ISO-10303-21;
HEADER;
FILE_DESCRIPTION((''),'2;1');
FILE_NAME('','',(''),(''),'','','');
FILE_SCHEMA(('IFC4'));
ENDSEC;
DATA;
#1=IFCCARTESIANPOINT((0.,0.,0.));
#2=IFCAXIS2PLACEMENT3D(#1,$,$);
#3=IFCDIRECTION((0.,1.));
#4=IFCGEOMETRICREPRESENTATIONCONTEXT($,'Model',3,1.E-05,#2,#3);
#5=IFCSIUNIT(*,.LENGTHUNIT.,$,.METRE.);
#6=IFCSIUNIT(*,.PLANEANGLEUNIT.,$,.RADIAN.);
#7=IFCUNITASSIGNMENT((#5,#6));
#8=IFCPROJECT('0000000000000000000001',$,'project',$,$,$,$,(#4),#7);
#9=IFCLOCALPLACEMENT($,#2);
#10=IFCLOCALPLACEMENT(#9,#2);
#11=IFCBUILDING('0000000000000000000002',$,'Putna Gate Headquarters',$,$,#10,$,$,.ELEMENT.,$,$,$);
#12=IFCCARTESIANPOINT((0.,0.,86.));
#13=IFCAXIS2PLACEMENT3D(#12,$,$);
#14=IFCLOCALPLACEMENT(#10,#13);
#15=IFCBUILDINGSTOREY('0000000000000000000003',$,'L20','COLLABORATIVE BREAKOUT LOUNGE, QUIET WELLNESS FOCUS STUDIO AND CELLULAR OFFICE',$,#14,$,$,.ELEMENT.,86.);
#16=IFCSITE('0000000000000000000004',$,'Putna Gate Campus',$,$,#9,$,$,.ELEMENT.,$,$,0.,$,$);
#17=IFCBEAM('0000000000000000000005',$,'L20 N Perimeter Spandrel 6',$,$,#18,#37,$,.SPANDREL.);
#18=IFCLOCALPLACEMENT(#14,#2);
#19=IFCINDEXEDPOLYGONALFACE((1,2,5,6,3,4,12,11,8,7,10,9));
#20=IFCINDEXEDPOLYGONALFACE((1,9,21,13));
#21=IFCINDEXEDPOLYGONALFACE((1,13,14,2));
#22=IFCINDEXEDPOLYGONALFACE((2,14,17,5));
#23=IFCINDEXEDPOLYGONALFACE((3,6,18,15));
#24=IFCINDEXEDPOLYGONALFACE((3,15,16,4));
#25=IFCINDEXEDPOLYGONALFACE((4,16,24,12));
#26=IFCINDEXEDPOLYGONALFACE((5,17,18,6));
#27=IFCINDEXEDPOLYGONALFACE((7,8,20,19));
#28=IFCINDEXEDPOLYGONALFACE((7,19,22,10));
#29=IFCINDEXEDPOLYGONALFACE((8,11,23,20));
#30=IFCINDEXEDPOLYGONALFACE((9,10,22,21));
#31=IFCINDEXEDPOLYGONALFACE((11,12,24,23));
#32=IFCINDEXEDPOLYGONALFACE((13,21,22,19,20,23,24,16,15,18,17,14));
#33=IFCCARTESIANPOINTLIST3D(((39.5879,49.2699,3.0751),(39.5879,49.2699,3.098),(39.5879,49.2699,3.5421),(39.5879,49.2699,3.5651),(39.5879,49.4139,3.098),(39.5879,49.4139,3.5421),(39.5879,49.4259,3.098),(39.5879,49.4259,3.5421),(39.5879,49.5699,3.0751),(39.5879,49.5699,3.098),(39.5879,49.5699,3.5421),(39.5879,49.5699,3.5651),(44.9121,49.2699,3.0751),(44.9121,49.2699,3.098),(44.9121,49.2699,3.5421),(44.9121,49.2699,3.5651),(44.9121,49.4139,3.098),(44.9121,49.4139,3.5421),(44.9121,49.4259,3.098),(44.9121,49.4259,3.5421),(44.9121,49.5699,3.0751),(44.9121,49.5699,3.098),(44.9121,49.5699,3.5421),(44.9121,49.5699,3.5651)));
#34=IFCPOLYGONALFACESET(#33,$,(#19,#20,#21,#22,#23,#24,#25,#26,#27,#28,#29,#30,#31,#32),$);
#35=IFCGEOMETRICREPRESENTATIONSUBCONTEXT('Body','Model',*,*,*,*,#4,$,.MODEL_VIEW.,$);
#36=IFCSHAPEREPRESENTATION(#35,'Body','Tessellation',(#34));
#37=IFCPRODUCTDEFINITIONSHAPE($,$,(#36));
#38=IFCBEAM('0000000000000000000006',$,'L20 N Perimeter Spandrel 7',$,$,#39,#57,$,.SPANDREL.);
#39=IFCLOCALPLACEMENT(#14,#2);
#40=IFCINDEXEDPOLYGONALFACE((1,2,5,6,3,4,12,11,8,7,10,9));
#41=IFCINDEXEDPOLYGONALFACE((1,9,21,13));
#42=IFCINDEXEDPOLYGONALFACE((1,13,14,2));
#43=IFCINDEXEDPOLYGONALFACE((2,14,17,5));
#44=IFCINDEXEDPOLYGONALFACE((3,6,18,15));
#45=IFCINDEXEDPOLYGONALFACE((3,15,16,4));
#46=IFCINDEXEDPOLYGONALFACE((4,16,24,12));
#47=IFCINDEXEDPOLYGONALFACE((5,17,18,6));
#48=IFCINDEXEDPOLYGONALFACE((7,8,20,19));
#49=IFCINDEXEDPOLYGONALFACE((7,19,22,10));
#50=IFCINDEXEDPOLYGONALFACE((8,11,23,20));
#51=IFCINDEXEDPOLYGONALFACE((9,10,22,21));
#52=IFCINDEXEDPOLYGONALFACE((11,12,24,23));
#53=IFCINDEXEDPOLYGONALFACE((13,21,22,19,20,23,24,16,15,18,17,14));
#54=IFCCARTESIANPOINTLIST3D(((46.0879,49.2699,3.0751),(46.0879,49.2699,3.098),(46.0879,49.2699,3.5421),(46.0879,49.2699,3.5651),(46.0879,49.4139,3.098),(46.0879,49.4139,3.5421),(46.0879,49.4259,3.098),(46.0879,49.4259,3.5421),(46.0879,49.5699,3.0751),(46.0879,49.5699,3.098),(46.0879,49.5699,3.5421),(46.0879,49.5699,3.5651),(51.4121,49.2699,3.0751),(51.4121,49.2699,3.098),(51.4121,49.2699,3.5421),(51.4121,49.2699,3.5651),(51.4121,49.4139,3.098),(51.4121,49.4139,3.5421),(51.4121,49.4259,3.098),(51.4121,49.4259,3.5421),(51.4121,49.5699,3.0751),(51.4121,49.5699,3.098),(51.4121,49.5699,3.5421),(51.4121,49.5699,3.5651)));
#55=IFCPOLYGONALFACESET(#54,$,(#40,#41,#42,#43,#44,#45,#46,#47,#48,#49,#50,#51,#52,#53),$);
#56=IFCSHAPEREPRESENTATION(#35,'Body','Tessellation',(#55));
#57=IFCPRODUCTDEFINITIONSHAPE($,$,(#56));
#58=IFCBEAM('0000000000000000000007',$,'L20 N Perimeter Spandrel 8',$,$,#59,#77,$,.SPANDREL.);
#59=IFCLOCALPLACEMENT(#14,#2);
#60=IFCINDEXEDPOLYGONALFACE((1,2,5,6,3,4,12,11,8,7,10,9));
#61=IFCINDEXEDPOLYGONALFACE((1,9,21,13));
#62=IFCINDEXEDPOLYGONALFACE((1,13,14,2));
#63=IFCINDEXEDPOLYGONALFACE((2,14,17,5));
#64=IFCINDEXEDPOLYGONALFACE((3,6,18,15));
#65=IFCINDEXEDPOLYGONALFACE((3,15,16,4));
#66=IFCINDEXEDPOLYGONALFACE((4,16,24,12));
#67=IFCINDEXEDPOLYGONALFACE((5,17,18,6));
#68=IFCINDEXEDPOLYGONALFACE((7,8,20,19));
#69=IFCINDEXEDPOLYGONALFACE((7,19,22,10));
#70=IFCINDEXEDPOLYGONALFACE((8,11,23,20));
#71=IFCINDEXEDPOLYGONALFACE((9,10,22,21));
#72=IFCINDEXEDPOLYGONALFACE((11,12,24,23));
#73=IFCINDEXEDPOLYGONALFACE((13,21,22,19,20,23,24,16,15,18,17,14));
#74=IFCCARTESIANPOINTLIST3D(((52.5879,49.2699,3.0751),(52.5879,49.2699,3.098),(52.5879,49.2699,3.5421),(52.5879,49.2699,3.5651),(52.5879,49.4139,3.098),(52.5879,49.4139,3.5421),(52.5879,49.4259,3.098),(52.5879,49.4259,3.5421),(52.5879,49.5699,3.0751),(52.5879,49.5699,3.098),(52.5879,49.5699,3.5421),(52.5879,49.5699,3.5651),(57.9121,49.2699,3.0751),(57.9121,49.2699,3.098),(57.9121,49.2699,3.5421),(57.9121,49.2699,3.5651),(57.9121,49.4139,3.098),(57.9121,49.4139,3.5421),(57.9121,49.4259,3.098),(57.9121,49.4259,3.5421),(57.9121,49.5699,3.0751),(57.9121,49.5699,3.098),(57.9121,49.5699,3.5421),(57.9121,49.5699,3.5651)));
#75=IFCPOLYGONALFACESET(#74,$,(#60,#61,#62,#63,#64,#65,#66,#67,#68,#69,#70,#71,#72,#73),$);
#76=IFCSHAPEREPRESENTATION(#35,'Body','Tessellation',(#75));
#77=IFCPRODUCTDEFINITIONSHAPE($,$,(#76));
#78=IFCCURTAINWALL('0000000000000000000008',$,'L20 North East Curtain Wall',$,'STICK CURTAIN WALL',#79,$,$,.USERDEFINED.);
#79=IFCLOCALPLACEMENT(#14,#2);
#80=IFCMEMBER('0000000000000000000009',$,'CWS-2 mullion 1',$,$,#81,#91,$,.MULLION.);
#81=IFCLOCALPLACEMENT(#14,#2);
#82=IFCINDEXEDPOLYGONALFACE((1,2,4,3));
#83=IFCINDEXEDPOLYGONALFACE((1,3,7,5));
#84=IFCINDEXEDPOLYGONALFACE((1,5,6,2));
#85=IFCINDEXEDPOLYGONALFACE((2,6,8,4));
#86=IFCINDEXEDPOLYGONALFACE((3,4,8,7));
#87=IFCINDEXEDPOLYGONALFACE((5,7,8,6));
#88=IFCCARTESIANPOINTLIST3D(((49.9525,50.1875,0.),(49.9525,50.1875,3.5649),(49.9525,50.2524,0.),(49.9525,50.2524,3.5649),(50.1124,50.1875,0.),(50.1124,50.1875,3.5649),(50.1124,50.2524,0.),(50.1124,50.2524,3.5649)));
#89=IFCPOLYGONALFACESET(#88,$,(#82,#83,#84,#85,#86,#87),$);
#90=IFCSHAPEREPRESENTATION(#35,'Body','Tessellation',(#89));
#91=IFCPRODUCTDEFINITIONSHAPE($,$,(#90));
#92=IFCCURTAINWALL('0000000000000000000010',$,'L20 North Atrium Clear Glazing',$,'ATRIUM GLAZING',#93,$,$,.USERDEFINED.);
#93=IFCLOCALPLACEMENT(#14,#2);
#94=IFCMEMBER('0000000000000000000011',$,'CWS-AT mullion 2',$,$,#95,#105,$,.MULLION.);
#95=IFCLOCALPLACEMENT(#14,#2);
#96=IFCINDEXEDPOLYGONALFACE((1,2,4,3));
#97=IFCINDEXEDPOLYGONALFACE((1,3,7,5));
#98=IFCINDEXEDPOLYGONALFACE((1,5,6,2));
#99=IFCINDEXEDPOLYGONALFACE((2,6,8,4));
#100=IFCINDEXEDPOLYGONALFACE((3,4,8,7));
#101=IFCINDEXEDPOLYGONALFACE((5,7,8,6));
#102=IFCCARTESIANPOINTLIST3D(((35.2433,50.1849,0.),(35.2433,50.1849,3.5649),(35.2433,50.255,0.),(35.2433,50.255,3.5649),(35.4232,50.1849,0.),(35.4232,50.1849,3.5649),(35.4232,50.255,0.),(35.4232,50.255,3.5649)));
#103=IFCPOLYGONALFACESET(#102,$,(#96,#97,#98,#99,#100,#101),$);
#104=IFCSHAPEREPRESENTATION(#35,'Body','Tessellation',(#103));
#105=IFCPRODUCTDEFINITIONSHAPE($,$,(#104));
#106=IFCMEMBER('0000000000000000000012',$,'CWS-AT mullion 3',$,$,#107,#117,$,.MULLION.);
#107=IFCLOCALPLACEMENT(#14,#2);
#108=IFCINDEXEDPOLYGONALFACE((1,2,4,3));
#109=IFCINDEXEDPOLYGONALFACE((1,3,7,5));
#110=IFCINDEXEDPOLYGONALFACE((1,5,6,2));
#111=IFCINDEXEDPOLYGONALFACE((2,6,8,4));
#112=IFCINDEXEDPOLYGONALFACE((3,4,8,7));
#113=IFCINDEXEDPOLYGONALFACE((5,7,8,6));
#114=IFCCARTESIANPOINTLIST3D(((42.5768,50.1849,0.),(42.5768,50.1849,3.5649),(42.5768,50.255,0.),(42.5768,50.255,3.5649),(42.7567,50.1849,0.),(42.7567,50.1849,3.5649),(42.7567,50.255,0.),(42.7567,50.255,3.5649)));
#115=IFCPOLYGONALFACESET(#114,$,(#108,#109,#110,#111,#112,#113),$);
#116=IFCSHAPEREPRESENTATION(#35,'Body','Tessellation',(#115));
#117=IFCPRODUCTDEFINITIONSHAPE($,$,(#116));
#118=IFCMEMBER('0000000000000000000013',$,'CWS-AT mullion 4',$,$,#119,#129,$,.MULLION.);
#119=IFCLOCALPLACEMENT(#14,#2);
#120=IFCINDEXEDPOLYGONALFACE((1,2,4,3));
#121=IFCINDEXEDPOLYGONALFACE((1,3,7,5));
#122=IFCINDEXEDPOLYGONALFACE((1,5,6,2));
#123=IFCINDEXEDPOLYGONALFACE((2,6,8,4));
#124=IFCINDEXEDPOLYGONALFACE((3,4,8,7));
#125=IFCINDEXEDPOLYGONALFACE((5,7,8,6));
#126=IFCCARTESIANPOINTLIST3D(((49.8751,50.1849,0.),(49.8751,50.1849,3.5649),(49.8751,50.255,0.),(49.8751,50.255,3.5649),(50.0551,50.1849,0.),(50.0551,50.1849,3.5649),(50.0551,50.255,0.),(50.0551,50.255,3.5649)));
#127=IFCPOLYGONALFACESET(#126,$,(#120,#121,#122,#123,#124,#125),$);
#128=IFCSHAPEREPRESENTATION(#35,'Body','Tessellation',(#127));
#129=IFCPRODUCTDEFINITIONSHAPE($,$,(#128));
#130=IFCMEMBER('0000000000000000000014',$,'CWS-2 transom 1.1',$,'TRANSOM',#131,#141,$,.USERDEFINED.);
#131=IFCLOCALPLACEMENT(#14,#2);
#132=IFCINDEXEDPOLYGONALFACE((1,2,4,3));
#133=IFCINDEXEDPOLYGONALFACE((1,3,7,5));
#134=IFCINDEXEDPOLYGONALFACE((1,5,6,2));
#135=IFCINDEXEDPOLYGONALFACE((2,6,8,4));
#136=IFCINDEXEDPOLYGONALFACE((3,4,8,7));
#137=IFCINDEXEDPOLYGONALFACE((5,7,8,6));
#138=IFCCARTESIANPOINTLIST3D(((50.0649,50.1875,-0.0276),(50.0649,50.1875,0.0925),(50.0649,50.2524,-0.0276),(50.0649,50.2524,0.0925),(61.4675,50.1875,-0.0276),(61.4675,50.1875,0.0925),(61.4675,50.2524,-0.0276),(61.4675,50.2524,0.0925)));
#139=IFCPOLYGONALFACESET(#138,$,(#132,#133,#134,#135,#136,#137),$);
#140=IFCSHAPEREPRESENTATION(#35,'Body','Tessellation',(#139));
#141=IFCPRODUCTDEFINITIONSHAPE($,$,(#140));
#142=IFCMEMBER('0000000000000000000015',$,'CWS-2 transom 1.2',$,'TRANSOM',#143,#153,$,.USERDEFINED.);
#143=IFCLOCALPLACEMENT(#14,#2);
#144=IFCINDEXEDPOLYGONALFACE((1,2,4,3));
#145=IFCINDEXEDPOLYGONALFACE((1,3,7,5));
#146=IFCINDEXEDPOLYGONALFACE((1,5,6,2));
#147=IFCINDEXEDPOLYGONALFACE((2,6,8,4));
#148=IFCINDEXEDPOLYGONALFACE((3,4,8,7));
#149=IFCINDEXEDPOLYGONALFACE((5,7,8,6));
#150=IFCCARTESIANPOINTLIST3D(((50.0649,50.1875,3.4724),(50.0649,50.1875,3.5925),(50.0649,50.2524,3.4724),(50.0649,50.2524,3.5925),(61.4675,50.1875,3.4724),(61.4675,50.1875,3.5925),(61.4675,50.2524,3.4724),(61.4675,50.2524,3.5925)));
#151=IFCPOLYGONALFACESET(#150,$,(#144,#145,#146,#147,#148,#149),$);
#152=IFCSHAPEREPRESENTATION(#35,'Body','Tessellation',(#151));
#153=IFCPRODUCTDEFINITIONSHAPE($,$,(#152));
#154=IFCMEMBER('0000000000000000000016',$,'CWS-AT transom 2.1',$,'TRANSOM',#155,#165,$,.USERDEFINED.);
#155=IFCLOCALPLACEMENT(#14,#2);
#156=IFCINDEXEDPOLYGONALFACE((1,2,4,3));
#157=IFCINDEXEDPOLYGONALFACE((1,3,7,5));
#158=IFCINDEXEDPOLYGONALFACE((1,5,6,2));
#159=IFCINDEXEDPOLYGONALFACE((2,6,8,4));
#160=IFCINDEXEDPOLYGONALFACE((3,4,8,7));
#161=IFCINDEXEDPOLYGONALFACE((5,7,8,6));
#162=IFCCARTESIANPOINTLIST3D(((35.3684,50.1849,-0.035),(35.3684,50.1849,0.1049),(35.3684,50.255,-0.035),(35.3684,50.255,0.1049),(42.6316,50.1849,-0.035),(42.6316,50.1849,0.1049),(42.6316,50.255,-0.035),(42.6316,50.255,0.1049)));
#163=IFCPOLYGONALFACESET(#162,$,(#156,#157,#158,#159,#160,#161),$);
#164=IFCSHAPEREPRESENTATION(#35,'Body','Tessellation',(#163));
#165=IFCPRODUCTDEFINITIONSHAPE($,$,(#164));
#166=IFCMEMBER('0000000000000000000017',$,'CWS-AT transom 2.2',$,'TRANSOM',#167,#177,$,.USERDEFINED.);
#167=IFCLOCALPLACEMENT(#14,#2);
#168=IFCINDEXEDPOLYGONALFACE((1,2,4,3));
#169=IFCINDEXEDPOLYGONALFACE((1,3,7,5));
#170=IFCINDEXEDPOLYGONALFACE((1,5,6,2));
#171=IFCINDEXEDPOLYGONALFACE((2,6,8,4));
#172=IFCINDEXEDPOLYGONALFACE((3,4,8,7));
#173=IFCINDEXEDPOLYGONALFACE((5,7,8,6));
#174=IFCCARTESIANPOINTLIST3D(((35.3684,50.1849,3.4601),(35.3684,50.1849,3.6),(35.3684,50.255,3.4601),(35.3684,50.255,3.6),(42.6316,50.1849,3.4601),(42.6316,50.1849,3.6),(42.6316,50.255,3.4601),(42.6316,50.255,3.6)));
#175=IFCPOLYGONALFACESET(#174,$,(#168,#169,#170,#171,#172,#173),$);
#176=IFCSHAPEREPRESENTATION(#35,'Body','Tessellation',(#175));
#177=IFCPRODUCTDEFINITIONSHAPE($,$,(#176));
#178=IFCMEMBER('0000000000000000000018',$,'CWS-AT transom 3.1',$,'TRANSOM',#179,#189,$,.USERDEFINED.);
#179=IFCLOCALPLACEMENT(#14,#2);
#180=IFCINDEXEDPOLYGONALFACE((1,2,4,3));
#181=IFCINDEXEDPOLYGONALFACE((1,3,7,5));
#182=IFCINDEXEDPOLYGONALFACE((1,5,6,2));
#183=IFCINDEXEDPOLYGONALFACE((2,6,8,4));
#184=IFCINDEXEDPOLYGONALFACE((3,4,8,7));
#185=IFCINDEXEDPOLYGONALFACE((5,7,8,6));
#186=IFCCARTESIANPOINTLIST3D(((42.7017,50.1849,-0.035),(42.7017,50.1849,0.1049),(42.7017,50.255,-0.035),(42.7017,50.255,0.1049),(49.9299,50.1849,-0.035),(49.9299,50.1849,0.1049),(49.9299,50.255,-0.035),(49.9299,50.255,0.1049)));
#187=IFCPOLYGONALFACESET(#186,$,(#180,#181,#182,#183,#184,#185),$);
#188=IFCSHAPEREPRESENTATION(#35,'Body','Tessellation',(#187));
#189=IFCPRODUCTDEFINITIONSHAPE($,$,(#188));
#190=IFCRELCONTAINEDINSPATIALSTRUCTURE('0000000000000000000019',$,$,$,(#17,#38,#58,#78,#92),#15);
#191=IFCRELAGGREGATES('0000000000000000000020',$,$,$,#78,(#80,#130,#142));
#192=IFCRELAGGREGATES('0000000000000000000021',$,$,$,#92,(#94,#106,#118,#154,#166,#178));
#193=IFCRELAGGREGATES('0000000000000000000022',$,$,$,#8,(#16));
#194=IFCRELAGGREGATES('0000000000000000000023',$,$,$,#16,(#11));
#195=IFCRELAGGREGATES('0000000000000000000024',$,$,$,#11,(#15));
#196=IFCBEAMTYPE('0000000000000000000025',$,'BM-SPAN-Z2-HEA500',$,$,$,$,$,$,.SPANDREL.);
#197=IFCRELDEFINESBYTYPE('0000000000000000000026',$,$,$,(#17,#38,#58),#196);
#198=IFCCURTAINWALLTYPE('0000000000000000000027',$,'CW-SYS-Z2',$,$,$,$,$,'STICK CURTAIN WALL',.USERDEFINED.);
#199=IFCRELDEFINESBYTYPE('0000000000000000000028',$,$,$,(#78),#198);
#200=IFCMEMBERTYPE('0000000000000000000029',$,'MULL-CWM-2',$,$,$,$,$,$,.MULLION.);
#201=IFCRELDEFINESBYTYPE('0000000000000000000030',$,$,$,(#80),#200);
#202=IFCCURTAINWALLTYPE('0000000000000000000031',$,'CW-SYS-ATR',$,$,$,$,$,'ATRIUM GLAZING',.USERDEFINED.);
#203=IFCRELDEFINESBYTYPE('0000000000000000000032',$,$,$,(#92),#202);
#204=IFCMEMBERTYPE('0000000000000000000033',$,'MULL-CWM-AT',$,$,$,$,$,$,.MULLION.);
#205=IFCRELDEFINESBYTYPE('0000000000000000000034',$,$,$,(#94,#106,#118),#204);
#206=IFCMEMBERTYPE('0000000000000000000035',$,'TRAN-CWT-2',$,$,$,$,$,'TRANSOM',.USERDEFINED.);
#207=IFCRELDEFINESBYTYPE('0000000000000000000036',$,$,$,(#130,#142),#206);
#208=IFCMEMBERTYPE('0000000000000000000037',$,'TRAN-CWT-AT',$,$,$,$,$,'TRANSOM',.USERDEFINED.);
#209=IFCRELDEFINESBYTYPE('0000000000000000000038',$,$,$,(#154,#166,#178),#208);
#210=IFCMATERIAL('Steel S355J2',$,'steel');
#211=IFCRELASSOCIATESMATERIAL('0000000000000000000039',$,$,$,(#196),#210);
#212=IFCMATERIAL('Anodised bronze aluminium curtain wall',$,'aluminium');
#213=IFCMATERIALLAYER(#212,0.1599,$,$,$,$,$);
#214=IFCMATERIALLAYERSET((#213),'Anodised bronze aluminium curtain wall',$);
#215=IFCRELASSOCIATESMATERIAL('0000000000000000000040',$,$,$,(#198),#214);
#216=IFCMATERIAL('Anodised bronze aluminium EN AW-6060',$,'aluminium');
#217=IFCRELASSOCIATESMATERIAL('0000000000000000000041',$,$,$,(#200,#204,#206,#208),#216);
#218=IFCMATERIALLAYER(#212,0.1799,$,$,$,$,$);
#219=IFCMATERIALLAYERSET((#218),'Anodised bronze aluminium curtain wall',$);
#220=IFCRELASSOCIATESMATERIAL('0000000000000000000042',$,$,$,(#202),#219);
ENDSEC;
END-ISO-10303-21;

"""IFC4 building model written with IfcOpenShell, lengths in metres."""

from ifc_helpers import new_model, si_unit, direction, frame, origin, origin_2d, place, context, subcontext, project, spatial, rectangle, i_section, extrude, material, layer, layer_set, material_profile, profile_set, type_object, element, aggregate, save


model = new_model("IFC4")

# Units and contexts
model_context = context("Model", 3, precision=1e-05, world=origin(), true_north=direction((0.0, 1.0)))
body_context = subcontext(model_context, "Body", "Model", "MODEL_VIEW")
ifc_project = project(units=[si_unit("LENGTHUNIT", "METRE"), si_unit("PLANEANGLEUNIT", "RADIAN")], contexts=[model_context])

# Site, building, storey
site_placement = place(None, origin())
site = spatial("IfcSite", under=ifc_project, at=site_placement, Name="Putna Gate Campus", CompositionType="ELEMENT", RefElevation=0.0)
building_placement = place(site_placement, origin())
building = spatial("IfcBuilding", under=site, at=building_placement, Name="Putna Gate Headquarters", CompositionType="ELEMENT")
storey_placement = place(building_placement, frame((0.0, 0.0, 86.0)))
storey = spatial("IfcBuildingStorey", under=building, at=storey_placement, Name="L20", Description="COLLABORATIVE BREAKOUT LOUNGE, QUIET WELLNESS FOCUS STUDIO AND CELLULAR OFFICE", CompositionType="ELEMENT", Elevation=86.0)

# Beams
ifc_material_1 = material(Name="Steel S355J2", Category="steel")
ifc_material_profile_1 = material_profile(ifc_material_1, i_section(OverallWidth=0.3, OverallDepth=0.49, WebThickness=0.012, FlangeThickness=0.0229, at=origin_2d()), Name="Steel S355J2")
ifc_profile_set_1 = profile_set([ifc_material_profile_1], Name="Steel S355J2")
beam_type_1 = type_object("IfcBeamType", Name="BM-SPAN-Z2-HEA500", PredefinedType="SPANDREL", material=ifc_profile_set_1)
for number, where, z_axis, x_axis, name in (
    (1, (39.5879, 49.4199, 3.3201), (1.0, 0.0, 0.0), (0.0, 1.0, 0.0), "L20 N Perimeter Spandrel 6"),
    (2, (46.0879, 49.4199, 3.3201), (1.0, 0.0, 0.0), (0.0, 1.0, 0.0), "L20 N Perimeter Spandrel 7"),
    (3, (52.5879, 49.4199, 3.3201), (1.0, 0.0, 0.0), (0.0, 1.0, 0.0), "L20 N Perimeter Spandrel 8"),
):
    element("IfcBeam", number, at=place(storey_placement, frame(where, z_axis=z_axis, x_axis=x_axis)), inside=storey, type_object=beam_type_1, Name=name, PredefinedType="SPANDREL", context=body_context, shape_type="SweptSolid", body=[
        extrude(i_section(OverallWidth=0.3, OverallDepth=0.49, WebThickness=0.012, FlangeThickness=0.0229, at=origin_2d()), origin(), (0.0, 0.0, 1.0), 5.3242),
    ])

# Curtain wall, member
ifc_material_2 = material(Name="Anodised bronze aluminium curtain wall", Category="aluminium")
ifc_layer_1 = layer(ifc_material_2, 0.1599)
ifc_layer_set_1 = layer_set([ifc_layer_1], Name="Anodised bronze aluminium curtain wall")
curtain_wall_type_1 = type_object("IfcCurtainWallType", Name="CW-SYS-Z2", ElementType="STICK CURTAIN WALL", PredefinedType="USERDEFINED", material=ifc_layer_set_1)
curtain_wall_1_placement = place(storey_placement, origin())
curtain_wall_1 = element("IfcCurtainWall", 4, at=curtain_wall_1_placement, inside=storey, type_object=curtain_wall_type_1, Name="L20 North East Curtain Wall", ObjectType="STICK CURTAIN WALL", PredefinedType="USERDEFINED")
ifc_material_3 = material(Name="Anodised bronze aluminium EN AW-6060", Category="aluminium")
ifc_material_profile_2 = material_profile(ifc_material_3, rectangle(XDim=0.0649, YDim=0.1599, at=origin_2d()), Name="Anodised bronze aluminium EN AW-6060")
ifc_profile_set_2 = profile_set([ifc_material_profile_2], Name="Anodised bronze aluminium EN AW-6060")
member_type_1 = type_object("IfcMemberType", Name="MULL-CWM-2", PredefinedType="MULLION", material=ifc_profile_set_2)
member_1_placement = place(storey_placement, frame((50.0325, 50.22, 0.0), z_axis=(0.0, 0.0, 1.0), x_axis=(0.0, 1.0, 0.0)))
member_1 = element("IfcMember", 5, at=member_1_placement, type_object=member_type_1, Name="CWS-2 mullion 1", PredefinedType="MULLION", context=body_context, shape_type="SweptSolid", body=[
    extrude(rectangle(XDim=0.0649, YDim=0.1599, at=origin_2d()), origin(), (0.0, 0.0, 1.0), 3.5649),
])

# Curtain wall, members
ifc_layer_2 = layer(ifc_material_2, 0.1799)
ifc_layer_set_2 = layer_set([ifc_layer_2], Name="Anodised bronze aluminium curtain wall")
curtain_wall_type_2 = type_object("IfcCurtainWallType", Name="CW-SYS-ATR", ElementType="ATRIUM GLAZING", PredefinedType="USERDEFINED", material=ifc_layer_set_2)
curtain_wall_2_placement = place(storey_placement, origin())
curtain_wall_2 = element("IfcCurtainWall", 6, at=curtain_wall_2_placement, inside=storey, type_object=curtain_wall_type_2, Name="L20 North Atrium Clear Glazing", ObjectType="ATRIUM GLAZING", PredefinedType="USERDEFINED")
ifc_material_profile_3 = material_profile(ifc_material_3, rectangle(XDim=0.0701, YDim=0.1799, at=origin_2d()), Name="Anodised bronze aluminium EN AW-6060")
ifc_profile_set_3 = profile_set([ifc_material_profile_3], Name="Anodised bronze aluminium EN AW-6060")
member_type_2 = type_object("IfcMemberType", Name="MULL-CWM-AT", PredefinedType="MULLION", material=ifc_profile_set_3)
member_2_placement = place(storey_placement, frame((35.3333, 50.22, 0.0), z_axis=(0.0, 0.0, 1.0), x_axis=(0.0, 1.0, 0.0)))
member_2 = element("IfcMember", 7, at=member_2_placement, type_object=member_type_2, Name="CWS-AT mullion 2", PredefinedType="MULLION", context=body_context, shape_type="SweptSolid", body=[
    extrude(rectangle(XDim=0.0701, YDim=0.1799, at=origin_2d()), origin(), (0.0, 0.0, 1.0), 3.5649),
])
member_3_placement = place(storey_placement, frame((42.6667, 50.22, 0.0), z_axis=(0.0, 0.0, 1.0), x_axis=(0.0, 1.0, 0.0)))
member_3 = element("IfcMember", 8, at=member_3_placement, type_object=member_type_2, Name="CWS-AT mullion 3", PredefinedType="MULLION", context=body_context, shape_type="SweptSolid", body=[
    extrude(rectangle(XDim=0.0701, YDim=0.1799, at=origin_2d()), origin(), (0.0, 0.0, 1.0), 3.5649),
])
member_4_placement = place(storey_placement, frame((49.9651, 50.22, 0.0), z_axis=(0.0, 0.0, 1.0), x_axis=(0.0, 1.0, 0.0)))
member_4 = element("IfcMember", 9, at=member_4_placement, type_object=member_type_2, Name="CWS-AT mullion 4", PredefinedType="MULLION", context=body_context, shape_type="SweptSolid", body=[
    extrude(rectangle(XDim=0.0701, YDim=0.1799, at=origin_2d()), origin(), (0.0, 0.0, 1.0), 3.5649),
])

# Members
ifc_material_profile_4 = material_profile(ifc_material_3, rectangle(XDim=0.0649, YDim=0.1201, at=origin_2d()), Name="Anodised bronze aluminium EN AW-6060")
ifc_profile_set_4 = profile_set([ifc_material_profile_4], Name="Anodised bronze aluminium EN AW-6060")
member_type_3 = type_object("IfcMemberType", Name="TRAN-CWT-2", ElementType="TRANSOM", PredefinedType="USERDEFINED", material=ifc_profile_set_4)
member_5_placement = place(storey_placement, frame((50.0649, 50.22, 0.0325), z_axis=(1.0, 0.0, 0.0), x_axis=(0.0, 1.0, 0.0)))
member_5 = element("IfcMember", 10, at=member_5_placement, type_object=member_type_3, Name="CWS-2 transom 1.1", ObjectType="TRANSOM", PredefinedType="USERDEFINED", context=body_context, shape_type="SweptSolid", body=[
    extrude(rectangle(XDim=0.0649, YDim=0.1201, at=origin_2d()), origin(), (0.0, 0.0, 1.0), 11.4026),
])
member_6_placement = place(storey_placement, frame((50.0649, 50.22, 3.5325), z_axis=(1.0, 0.0, 0.0), x_axis=(0.0, 1.0, 0.0)))
member_6 = element("IfcMember", 11, at=member_6_placement, type_object=member_type_3, Name="CWS-2 transom 1.2", ObjectType="TRANSOM", PredefinedType="USERDEFINED", context=body_context, shape_type="SweptSolid", body=[
    extrude(rectangle(XDim=0.0649, YDim=0.1201, at=origin_2d()), origin(), (0.0, 0.0, 1.0), 11.4026),
])
aggregate(curtain_wall_1, [member_1, member_5, member_6])
ifc_material_profile_5 = material_profile(ifc_material_3, rectangle(XDim=0.0701, YDim=0.1399, at=origin_2d()), Name="Anodised bronze aluminium EN AW-6060")
ifc_profile_set_5 = profile_set([ifc_material_profile_5], Name="Anodised bronze aluminium EN AW-6060")
member_type_4 = type_object("IfcMemberType", Name="TRAN-CWT-AT", ElementType="TRANSOM", PredefinedType="USERDEFINED", material=ifc_profile_set_5)
member_7_placement = place(storey_placement, frame((35.3684, 50.22, 0.0349), z_axis=(1.0, 0.0, 0.0), x_axis=(0.0, 1.0, 0.0)))
member_7 = element("IfcMember", 12, at=member_7_placement, type_object=member_type_4, Name="CWS-AT transom 2.1", ObjectType="TRANSOM", PredefinedType="USERDEFINED", context=body_context, shape_type="SweptSolid", body=[
    extrude(rectangle(XDim=0.0701, YDim=0.1399, at=origin_2d()), origin(), (0.0, 0.0, 1.0), 7.2632),
])
member_8_placement = place(storey_placement, frame((35.3684, 50.22, 3.53), z_axis=(1.0, 0.0, 0.0), x_axis=(0.0, 1.0, 0.0)))
member_8 = element("IfcMember", 13, at=member_8_placement, type_object=member_type_4, Name="CWS-AT transom 2.2", ObjectType="TRANSOM", PredefinedType="USERDEFINED", context=body_context, shape_type="SweptSolid", body=[
    extrude(rectangle(XDim=0.0701, YDim=0.1399, at=origin_2d()), origin(), (0.0, 0.0, 1.0), 7.2632),
])
member_9_placement = place(storey_placement, frame((42.7017, 50.22, 0.0349), z_axis=(1.0, 0.0, 0.0), x_axis=(0.0, 1.0, 0.0)))
member_9 = element("IfcMember", 14, at=member_9_placement, type_object=member_type_4, Name="CWS-AT transom 3.1", ObjectType="TRANSOM", PredefinedType="USERDEFINED", context=body_context, shape_type="SweptSolid", body=[
    extrude(rectangle(XDim=0.0701, YDim=0.1399, at=origin_2d()), origin(), (0.0, 0.0, 1.0), 7.2283),
])

aggregate(curtain_wall_2, [member_2, member_3, member_4, member_7, member_8, member_9])

save(model, "model.ifc")
